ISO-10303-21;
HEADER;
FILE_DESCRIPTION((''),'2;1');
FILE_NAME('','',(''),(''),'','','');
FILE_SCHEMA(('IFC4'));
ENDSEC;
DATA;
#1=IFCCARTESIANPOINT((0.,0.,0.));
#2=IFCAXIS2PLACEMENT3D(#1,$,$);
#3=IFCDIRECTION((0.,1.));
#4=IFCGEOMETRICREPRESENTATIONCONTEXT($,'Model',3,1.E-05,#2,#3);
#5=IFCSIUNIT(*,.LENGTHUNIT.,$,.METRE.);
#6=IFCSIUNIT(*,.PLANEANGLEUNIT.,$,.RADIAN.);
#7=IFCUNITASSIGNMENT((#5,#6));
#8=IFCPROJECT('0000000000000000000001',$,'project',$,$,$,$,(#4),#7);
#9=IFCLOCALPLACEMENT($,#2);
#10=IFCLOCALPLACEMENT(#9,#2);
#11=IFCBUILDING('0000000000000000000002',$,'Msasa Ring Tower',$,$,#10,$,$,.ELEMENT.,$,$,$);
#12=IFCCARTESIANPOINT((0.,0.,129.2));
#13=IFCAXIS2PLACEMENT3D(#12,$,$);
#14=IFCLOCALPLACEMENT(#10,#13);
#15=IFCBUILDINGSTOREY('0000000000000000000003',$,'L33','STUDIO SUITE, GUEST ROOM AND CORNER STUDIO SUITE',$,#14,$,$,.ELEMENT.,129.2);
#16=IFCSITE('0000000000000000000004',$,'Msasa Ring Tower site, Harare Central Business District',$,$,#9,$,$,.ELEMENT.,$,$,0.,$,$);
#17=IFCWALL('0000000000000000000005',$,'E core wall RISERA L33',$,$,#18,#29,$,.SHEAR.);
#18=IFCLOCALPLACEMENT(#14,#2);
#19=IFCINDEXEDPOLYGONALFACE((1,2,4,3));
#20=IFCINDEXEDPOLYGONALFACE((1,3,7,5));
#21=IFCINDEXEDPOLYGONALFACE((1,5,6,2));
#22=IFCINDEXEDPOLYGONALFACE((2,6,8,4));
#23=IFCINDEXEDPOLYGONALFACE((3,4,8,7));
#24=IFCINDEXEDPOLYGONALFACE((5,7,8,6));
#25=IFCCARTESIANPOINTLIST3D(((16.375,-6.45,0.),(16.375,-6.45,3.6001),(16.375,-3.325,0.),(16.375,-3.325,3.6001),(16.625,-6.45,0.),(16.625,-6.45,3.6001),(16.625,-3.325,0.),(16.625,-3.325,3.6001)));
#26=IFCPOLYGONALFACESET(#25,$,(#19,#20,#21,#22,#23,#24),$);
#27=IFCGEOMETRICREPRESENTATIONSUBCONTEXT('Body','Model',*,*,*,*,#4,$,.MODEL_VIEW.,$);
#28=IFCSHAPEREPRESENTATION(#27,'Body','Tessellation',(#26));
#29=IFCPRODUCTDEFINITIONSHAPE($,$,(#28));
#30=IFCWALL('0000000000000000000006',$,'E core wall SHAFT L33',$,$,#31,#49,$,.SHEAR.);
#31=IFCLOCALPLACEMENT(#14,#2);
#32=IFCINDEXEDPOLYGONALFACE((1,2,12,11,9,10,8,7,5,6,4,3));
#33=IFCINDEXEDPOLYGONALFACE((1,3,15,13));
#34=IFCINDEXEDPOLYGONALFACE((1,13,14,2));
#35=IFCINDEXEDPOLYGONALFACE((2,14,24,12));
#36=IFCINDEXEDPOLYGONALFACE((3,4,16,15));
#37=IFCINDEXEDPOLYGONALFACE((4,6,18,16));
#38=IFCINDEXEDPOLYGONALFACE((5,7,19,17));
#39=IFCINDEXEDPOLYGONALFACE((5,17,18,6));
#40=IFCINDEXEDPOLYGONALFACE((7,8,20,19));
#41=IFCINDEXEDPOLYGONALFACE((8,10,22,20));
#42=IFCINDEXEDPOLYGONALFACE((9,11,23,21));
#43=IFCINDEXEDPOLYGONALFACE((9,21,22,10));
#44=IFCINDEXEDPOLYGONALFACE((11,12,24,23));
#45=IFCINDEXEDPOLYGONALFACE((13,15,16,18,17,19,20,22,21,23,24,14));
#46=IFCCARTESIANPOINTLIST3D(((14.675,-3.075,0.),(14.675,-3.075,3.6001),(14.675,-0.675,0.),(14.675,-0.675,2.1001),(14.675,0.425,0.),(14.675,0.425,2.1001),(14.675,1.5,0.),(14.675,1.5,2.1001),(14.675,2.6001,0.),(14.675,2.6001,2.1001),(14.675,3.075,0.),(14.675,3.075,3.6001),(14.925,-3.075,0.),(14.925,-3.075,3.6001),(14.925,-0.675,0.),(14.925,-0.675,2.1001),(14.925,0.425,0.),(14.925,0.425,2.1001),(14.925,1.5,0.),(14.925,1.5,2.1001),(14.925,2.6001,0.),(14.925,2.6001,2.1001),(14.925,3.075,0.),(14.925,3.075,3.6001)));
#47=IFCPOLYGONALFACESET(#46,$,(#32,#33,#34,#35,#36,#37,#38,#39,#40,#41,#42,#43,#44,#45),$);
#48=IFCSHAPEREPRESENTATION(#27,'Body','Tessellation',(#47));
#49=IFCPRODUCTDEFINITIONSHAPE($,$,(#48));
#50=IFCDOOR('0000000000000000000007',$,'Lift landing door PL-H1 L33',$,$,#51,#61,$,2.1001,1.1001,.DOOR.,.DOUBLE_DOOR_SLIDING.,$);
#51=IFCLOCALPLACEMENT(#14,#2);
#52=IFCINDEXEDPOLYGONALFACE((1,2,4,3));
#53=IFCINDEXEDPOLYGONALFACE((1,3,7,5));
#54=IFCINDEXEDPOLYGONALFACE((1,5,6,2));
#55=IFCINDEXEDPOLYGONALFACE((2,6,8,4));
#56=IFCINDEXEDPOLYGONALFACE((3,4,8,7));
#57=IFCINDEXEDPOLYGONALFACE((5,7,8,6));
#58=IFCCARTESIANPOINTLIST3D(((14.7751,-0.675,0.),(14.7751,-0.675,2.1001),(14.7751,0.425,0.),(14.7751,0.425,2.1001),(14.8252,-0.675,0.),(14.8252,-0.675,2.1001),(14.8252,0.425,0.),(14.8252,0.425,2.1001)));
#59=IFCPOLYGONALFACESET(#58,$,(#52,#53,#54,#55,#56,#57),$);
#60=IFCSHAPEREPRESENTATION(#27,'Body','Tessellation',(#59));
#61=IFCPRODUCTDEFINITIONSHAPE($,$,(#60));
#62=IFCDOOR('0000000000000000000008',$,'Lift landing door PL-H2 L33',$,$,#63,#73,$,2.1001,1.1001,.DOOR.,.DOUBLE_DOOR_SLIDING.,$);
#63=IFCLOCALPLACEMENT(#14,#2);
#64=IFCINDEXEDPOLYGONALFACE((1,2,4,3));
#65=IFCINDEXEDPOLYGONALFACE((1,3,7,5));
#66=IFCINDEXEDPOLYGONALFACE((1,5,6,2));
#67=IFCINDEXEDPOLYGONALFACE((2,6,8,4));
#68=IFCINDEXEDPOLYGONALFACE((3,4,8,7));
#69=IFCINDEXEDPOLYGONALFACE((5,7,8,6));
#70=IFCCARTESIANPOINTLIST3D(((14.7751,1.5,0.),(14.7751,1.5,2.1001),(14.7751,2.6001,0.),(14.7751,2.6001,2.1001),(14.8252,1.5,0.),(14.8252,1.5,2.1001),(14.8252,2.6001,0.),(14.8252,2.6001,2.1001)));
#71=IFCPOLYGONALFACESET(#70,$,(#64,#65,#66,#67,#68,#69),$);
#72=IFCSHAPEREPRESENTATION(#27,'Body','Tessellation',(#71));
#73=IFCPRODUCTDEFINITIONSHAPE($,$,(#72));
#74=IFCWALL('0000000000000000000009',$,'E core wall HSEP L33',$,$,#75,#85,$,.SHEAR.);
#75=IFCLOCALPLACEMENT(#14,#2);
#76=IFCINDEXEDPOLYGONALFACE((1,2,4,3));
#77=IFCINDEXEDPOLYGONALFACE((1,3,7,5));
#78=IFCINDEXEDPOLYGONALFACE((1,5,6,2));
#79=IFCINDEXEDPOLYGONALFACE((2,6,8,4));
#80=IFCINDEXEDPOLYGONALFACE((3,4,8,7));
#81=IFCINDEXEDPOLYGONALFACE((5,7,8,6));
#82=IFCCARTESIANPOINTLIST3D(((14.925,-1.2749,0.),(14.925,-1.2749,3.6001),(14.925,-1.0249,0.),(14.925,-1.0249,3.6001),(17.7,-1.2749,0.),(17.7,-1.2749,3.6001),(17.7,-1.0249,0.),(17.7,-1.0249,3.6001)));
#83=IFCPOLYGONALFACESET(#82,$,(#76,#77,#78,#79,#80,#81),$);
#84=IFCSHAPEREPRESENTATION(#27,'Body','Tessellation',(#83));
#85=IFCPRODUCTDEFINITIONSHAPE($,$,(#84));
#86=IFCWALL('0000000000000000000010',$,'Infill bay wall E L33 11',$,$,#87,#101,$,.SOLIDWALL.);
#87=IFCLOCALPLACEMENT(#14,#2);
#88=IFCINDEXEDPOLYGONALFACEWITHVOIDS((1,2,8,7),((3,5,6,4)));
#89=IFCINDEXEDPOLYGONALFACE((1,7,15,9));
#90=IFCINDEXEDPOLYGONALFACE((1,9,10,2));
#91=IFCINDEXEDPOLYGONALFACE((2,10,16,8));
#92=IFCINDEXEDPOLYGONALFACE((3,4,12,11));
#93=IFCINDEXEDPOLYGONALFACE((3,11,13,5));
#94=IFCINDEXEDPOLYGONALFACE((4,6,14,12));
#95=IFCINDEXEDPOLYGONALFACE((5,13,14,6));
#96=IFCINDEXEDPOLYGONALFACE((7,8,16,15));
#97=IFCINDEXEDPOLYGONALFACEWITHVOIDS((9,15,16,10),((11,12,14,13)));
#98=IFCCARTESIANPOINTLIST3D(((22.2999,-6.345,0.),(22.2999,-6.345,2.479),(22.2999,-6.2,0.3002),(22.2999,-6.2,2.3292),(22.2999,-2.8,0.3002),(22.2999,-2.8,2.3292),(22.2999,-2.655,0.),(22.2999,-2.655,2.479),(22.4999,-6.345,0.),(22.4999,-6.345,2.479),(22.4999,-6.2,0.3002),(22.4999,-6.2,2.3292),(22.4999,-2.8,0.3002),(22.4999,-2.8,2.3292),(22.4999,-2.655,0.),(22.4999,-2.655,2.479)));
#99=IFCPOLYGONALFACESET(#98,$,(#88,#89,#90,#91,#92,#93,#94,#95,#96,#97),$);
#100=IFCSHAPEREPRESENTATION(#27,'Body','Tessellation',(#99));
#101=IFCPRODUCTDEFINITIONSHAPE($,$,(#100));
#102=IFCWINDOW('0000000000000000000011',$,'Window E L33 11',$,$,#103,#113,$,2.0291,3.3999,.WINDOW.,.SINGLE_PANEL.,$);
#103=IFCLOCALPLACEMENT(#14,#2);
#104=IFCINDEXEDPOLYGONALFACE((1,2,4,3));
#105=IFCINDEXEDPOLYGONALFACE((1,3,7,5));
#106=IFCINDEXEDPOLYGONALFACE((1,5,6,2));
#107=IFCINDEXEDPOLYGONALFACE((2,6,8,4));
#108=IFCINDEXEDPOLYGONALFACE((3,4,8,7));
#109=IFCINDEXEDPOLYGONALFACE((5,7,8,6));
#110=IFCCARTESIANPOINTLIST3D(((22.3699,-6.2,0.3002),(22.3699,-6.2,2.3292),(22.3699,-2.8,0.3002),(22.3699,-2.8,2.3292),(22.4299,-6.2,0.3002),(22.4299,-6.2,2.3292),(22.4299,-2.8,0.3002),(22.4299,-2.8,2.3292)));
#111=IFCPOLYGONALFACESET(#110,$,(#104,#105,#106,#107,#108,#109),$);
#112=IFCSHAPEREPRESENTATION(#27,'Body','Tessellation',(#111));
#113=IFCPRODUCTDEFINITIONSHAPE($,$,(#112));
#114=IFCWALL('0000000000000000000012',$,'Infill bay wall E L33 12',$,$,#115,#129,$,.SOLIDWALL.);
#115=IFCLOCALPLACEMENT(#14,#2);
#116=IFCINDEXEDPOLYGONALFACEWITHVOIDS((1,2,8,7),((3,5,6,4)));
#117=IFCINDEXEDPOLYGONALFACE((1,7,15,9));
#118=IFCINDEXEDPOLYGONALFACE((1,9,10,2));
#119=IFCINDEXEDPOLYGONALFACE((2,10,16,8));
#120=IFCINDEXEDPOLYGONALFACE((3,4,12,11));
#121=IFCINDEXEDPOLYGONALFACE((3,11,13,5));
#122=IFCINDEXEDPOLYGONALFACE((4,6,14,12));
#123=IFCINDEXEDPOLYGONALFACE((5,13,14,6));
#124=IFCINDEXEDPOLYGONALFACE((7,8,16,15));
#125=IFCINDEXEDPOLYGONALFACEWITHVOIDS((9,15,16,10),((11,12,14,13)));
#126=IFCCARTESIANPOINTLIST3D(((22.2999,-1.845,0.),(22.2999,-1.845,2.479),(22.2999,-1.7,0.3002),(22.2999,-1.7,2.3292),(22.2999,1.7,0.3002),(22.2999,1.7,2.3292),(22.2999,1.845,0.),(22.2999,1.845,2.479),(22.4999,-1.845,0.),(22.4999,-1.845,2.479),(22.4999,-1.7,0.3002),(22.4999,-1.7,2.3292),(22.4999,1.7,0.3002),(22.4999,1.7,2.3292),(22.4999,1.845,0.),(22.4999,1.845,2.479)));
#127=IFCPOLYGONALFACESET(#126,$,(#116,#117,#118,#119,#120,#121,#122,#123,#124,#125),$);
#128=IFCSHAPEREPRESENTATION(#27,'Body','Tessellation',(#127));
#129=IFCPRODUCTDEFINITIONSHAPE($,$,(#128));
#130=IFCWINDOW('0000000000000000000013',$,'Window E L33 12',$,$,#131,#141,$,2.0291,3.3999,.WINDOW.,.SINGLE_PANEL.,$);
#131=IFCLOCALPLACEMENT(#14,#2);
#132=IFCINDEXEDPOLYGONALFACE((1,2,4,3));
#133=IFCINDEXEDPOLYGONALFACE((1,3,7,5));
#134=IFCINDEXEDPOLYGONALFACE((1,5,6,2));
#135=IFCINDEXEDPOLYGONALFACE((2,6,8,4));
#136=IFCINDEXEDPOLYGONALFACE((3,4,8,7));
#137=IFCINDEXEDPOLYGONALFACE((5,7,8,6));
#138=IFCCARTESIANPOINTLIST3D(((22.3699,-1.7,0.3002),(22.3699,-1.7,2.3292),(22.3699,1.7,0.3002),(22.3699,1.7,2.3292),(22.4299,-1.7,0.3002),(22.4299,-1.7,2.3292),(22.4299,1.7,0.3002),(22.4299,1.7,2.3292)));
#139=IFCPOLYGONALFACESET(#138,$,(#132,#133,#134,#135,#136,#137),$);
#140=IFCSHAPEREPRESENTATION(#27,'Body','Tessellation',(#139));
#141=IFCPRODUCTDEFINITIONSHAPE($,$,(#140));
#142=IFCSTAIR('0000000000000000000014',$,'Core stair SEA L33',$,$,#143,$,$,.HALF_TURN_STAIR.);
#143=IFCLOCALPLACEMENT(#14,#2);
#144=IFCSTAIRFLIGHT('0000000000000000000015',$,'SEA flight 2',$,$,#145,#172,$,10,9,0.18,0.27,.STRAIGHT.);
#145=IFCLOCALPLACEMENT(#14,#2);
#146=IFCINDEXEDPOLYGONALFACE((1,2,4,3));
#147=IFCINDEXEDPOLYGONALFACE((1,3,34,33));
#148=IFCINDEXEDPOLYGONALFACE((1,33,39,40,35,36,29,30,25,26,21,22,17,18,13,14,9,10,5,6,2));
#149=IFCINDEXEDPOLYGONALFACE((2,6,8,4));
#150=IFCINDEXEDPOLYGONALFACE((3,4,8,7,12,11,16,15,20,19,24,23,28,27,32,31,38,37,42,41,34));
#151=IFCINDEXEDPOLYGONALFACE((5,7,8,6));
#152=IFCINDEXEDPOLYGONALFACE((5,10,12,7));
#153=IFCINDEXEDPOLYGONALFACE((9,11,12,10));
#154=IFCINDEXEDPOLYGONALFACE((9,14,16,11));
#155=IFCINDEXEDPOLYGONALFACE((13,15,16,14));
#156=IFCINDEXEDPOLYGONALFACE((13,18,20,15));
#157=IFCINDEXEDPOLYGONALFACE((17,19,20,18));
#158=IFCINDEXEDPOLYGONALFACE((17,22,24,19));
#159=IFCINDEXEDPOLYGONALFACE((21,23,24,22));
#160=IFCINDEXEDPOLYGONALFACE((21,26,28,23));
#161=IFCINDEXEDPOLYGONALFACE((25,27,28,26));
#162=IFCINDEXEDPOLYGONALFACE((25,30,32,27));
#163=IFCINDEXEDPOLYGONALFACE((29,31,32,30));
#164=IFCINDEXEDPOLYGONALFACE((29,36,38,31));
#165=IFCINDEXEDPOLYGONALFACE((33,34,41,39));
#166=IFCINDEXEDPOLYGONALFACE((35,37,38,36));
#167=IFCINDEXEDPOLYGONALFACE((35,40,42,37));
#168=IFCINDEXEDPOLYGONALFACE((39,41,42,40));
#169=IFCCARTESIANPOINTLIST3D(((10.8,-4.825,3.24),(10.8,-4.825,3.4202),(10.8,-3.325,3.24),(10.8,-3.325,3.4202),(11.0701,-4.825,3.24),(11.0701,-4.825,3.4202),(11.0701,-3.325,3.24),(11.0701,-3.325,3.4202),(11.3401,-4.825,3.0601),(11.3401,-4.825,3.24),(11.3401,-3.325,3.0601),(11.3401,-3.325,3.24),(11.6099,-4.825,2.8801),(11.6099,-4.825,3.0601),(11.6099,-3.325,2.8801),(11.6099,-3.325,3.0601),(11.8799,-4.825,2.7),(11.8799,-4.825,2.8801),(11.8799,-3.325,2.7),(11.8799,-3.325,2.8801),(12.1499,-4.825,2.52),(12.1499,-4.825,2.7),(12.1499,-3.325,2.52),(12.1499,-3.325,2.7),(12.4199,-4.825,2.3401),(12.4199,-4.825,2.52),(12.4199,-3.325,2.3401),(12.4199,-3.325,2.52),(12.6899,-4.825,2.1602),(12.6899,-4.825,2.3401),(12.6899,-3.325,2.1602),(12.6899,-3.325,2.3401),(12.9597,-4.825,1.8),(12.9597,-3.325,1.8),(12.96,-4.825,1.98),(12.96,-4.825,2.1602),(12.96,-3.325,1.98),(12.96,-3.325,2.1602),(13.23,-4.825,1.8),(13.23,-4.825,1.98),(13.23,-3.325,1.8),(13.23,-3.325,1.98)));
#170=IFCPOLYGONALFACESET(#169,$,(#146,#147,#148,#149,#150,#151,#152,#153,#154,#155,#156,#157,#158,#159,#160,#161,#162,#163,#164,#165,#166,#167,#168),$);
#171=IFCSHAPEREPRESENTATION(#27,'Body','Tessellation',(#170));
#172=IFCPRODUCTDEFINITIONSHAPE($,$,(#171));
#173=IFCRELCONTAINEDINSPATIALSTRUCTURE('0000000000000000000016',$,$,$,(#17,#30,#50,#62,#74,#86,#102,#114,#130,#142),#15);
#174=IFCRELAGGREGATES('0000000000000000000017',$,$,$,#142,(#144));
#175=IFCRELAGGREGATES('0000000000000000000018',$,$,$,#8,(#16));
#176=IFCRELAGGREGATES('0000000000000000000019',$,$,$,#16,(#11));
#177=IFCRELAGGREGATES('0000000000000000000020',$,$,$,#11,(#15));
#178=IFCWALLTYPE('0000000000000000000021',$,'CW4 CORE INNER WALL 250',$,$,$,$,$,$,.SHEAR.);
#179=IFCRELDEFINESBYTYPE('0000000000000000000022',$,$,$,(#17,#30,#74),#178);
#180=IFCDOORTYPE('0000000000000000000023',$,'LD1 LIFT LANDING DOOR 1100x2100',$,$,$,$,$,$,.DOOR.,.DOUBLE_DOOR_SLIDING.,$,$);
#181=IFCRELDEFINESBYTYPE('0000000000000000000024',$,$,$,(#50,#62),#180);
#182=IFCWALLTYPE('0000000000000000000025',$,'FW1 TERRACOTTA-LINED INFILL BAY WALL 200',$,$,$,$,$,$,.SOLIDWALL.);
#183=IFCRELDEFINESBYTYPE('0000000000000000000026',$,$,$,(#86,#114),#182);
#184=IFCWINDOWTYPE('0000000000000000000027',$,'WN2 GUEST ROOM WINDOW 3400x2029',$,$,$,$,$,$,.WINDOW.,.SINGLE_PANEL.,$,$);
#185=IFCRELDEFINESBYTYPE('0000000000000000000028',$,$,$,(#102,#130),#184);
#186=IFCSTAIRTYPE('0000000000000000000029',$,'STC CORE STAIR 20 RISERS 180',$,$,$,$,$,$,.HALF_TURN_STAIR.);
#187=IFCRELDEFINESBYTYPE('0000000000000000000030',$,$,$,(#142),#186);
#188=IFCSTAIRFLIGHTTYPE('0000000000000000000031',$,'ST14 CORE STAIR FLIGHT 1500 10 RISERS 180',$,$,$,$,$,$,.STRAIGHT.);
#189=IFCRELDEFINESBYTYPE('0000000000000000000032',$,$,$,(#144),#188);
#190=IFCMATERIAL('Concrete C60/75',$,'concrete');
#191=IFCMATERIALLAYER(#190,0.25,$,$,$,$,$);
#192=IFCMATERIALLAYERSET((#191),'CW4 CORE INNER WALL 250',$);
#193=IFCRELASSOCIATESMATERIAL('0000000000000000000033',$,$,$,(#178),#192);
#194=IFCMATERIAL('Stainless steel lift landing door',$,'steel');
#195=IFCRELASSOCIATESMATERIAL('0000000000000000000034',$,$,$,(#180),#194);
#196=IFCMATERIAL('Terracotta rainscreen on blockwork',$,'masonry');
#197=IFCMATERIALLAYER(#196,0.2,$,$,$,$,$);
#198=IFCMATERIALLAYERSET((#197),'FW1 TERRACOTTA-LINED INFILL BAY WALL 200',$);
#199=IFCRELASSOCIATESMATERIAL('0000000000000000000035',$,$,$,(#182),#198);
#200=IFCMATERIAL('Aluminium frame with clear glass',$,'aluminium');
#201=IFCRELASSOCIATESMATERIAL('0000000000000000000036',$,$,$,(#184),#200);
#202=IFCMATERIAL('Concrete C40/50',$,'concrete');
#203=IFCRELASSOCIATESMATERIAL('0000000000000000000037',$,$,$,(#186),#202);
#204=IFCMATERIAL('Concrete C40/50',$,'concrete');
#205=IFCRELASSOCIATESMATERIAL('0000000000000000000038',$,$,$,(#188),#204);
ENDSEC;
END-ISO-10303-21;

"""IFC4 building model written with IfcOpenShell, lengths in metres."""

from ifc_helpers import new_model, si_unit, direction, frame, frame_2d, origin, place, context, subcontext, project, spatial, polyline, rectangle, outline, extrude, material, layer, layer_set, type_object, element, fill, aggregate, save


model = new_model("IFC4")

# Units and contexts
model_context = context("Model", 3, precision=1e-05, world=origin(), true_north=direction((0.0, 1.0)))
body_context = subcontext(model_context, "Body", "Model", "MODEL_VIEW")
ifc_project = project(units=[si_unit("LENGTHUNIT", "METRE"), si_unit("PLANEANGLEUNIT", "RADIAN")], contexts=[model_context])

# Site, building, storey
site_placement = place(None, origin())
site = spatial("IfcSite", under=ifc_project, at=site_placement, Name="Msasa Ring Tower site, Harare Central Business District", CompositionType="ELEMENT", RefElevation=0.0)
building_placement = place(site_placement, origin())
building = spatial("IfcBuilding", under=site, at=building_placement, Name="Msasa Ring Tower", CompositionType="ELEMENT")
storey_placement = place(building_placement, frame((0.0, 0.0, 129.2)))
storey = spatial("IfcBuildingStorey", under=building, at=storey_placement, Name="L33", Description="STUDIO SUITE, GUEST ROOM AND CORNER STUDIO SUITE", CompositionType="ELEMENT", Elevation=129.2)

# Wall
ifc_material_1 = material(Name="Concrete C60/75", Category="concrete")
ifc_layer_1 = layer(ifc_material_1, 0.25)
ifc_layer_set_1 = layer_set([ifc_layer_1], Name="CW4 CORE INNER WALL 250")
wall_type_1 = type_object("IfcWallType", Name="CW4 CORE INNER WALL 250", PredefinedType="SHEAR", material=ifc_layer_set_1)
wall_1_placement = place(storey_placement, frame((16.5, -6.45, 0.0), z_axis=(0.0, 0.0, 1.0), x_axis=(0.0, 1.0, 0.0)))
element("IfcWall", 1, at=wall_1_placement, inside=storey, type_object=wall_type_1, Name="E core wall RISERA L33", PredefinedType="SHEAR", context=body_context, shape_type="SweptSolid", body=[
    extrude(rectangle(XDim=3.125, YDim=0.25, at=frame_2d((1.5625, 0.0))), origin(), (0.0, 0.0, 1.0), 3.6001),
])

# Wall, openings, doors
wall_2_placement = place(storey_placement, frame((14.8, -3.075, 0.0), z_axis=(0.0, 0.0, 1.0), x_axis=(0.0, 1.0, 0.0)))
wall_2 = element("IfcWall", 2, at=wall_2_placement, inside=storey, type_object=wall_type_1, Name="E core wall SHAFT L33", PredefinedType="SHEAR", context=body_context, shape_type="SweptSolid", body=[
    extrude(rectangle(XDim=6.1499, YDim=0.25, at=frame_2d((3.075, 0.0))), origin(), (0.0, 0.0, 1.0), 3.6001),
])
opening_1_placement = place(wall_2_placement, frame((2.3999, 0.0, 0.0)))
opening_1 = element("IfcOpeningElement", 3, at=opening_1_placement, cuts=wall_2, PredefinedType="OPENING", context=body_context, shape_type="SweptSolid", body=[
    extrude(rectangle(XDim=1.1001, YDim=2.1001, at=frame_2d((0.55, 1.05))), frame((0.0, 0.135, 0.0), z_axis=(0.0, -1.0, 0.0), x_axis=(1.0, 0.0, 0.0)), (0.0, 0.0, 1.0), 0.27),
])
opening_2_placement = place(wall_2_placement, frame((4.575, 0.0, 0.0)))
opening_2 = element("IfcOpeningElement", 4, at=opening_2_placement, cuts=wall_2, PredefinedType="OPENING", context=body_context, shape_type="SweptSolid", body=[
    extrude(rectangle(XDim=1.1001, YDim=2.1001, at=frame_2d((0.55, 1.05))), frame((0.0, 0.135, 0.0), z_axis=(0.0, -1.0, 0.0), x_axis=(1.0, 0.0, 0.0)), (0.0, 0.0, 1.0), 0.27),
])
ifc_material_2 = material(Name="Stainless steel lift landing door", Category="steel")
door_type = type_object("IfcDoorType", Name="LD1 LIFT LANDING DOOR 1100x2100", OperationType="DOUBLE_DOOR_SLIDING", PredefinedType="DOOR", material=ifc_material_2)
door_1_placement = place(opening_1_placement, origin())
door_1 = element("IfcDoor", 5, at=door_1_placement, inside=storey, type_object=door_type, Name="Lift landing door PL-H1 L33", OperationType="DOUBLE_DOOR_SLIDING", OverallHeight=2.1001, OverallWidth=1.1001, PredefinedType="DOOR", context=body_context, shape_type="SweptSolid", body=[
    extrude(rectangle(XDim=1.1001, YDim=2.1001, at=frame_2d((0.55, 1.05))), frame((0.0, 0.0249, 0.0), z_axis=(0.0, -1.0, 0.0), x_axis=(1.0, 0.0, 0.0)), (0.0, 0.0, 1.0), 0.05),
])
fill(opening_1, door_1)
door_2_placement = place(opening_2_placement, origin())
door_2 = element("IfcDoor", 6, at=door_2_placement, inside=storey, type_object=door_type, Name="Lift landing door PL-H2 L33", OperationType="DOUBLE_DOOR_SLIDING", OverallHeight=2.1001, OverallWidth=1.1001, PredefinedType="DOOR", context=body_context, shape_type="SweptSolid", body=[
    extrude(rectangle(XDim=1.1001, YDim=2.1001, at=frame_2d((0.55, 1.05))), frame((0.0, 0.0249, 0.0), z_axis=(0.0, -1.0, 0.0), x_axis=(1.0, 0.0, 0.0)), (0.0, 0.0, 1.0), 0.05),
])
fill(opening_2, door_2)

# Wall
wall_3_placement = place(storey_placement, frame((14.925, -1.1499, 0.0), z_axis=(0.0, 0.0, 1.0), x_axis=(1.0, 0.0, 0.0)))
element("IfcWall", 7, at=wall_3_placement, inside=storey, type_object=wall_type_1, Name="E core wall HSEP L33", PredefinedType="SHEAR", context=body_context, shape_type="SweptSolid", body=[
    extrude(rectangle(XDim=2.7749, YDim=0.25, at=frame_2d((1.3875, 0.0))), origin(), (0.0, 0.0, 1.0), 3.6001),
])

# Walls, openings, windows
ifc_material_3 = material(Name="Terracotta rainscreen on blockwork", Category="masonry")
ifc_layer_2 = layer(ifc_material_3, 0.2)
ifc_layer_set_2 = layer_set([ifc_layer_2], Name="FW1 TERRACOTTA-LINED INFILL BAY WALL 200")
wall_type_2 = type_object("IfcWallType", Name="FW1 TERRACOTTA-LINED INFILL BAY WALL 200", PredefinedType="SOLIDWALL", material=ifc_layer_set_2)
wall_4_placement = place(storey_placement, frame((22.3999, -6.345, 0.0), z_axis=(0.0, 0.0, 1.0), x_axis=(0.0, 1.0, 0.0)))
wall_4 = element("IfcWall", 8, at=wall_4_placement, inside=storey, type_object=wall_type_2, Name="Infill bay wall E L33 11", PredefinedType="SOLIDWALL", context=body_context, shape_type="SweptSolid", body=[
    extrude(rectangle(XDim=3.6899, YDim=0.2, at=frame_2d((1.845, 0.0))), origin(), (0.0, 0.0, 1.0), 2.479),
])
opening_3_placement = place(wall_4_placement, frame((0.145, 0.0, 0.3)))
opening_3 = element("IfcOpeningElement", 9, at=opening_3_placement, cuts=wall_4, PredefinedType="OPENING", context=body_context, shape_type="SweptSolid", body=[
    extrude(rectangle(XDim=3.3999, YDim=2.0291, at=frame_2d((1.7, 1.0146))), frame((0.0, 0.1099, 0.0), z_axis=(0.0, -1.0, 0.0), x_axis=(1.0, 0.0, 0.0)), (0.0, 0.0, 1.0), 0.22),
])
ifc_material_4 = material(Name="Aluminium frame with clear glass", Category="aluminium")
window_type = type_object("IfcWindowType", Name="WN2 GUEST ROOM WINDOW 3400x2029", PartitioningType="SINGLE_PANEL", PredefinedType="WINDOW", material=ifc_material_4)
window_1_placement = place(opening_3_placement, origin())
window_1 = element("IfcWindow", 10, at=window_1_placement, inside=storey, type_object=window_type, Name="Window E L33 11", OverallHeight=2.0291, OverallWidth=3.3999, PartitioningType="SINGLE_PANEL", PredefinedType="WINDOW", context=body_context, shape_type="SweptSolid", body=[
    extrude(rectangle(XDim=3.3999, YDim=2.0291, at=frame_2d((1.7, 1.0146))), frame((0.0, 0.03, 0.0), z_axis=(0.0, -1.0, 0.0), x_axis=(1.0, 0.0, 0.0)), (0.0, 0.0, 1.0), 0.0601),
])
fill(opening_3, window_1)
wall_5_placement = place(storey_placement, frame((22.3999, -1.845, 0.0), z_axis=(0.0, 0.0, 1.0), x_axis=(0.0, 1.0, 0.0)))
wall_5 = element("IfcWall", 11, at=wall_5_placement, inside=storey, type_object=wall_type_2, Name="Infill bay wall E L33 12", PredefinedType="SOLIDWALL", context=body_context, shape_type="SweptSolid", body=[
    extrude(rectangle(XDim=3.6899, YDim=0.2, at=frame_2d((1.845, 0.0))), origin(), (0.0, 0.0, 1.0), 2.479),
])
opening_4_placement = place(wall_5_placement, frame((0.145, 0.0, 0.3)))
opening_4 = element("IfcOpeningElement", 12, at=opening_4_placement, cuts=wall_5, PredefinedType="OPENING", context=body_context, shape_type="SweptSolid", body=[
    extrude(rectangle(XDim=3.3999, YDim=2.0291, at=frame_2d((1.7, 1.0146))), frame((0.0, 0.1099, 0.0), z_axis=(0.0, -1.0, 0.0), x_axis=(1.0, 0.0, 0.0)), (0.0, 0.0, 1.0), 0.22),
])
window_2_placement = place(opening_4_placement, origin())
window_2 = element("IfcWindow", 13, at=window_2_placement, inside=storey, type_object=window_type, Name="Window E L33 12", OverallHeight=2.0291, OverallWidth=3.3999, PartitioningType="SINGLE_PANEL", PredefinedType="WINDOW", context=body_context, shape_type="SweptSolid", body=[
    extrude(rectangle(XDim=3.3999, YDim=2.0291, at=frame_2d((1.7, 1.0146))), frame((0.0, 0.03, 0.0), z_axis=(0.0, -1.0, 0.0), x_axis=(1.0, 0.0, 0.0)), (0.0, 0.0, 1.0), 0.0601),
])
fill(opening_4, window_2)

# Stair, stair flight
ifc_material_5 = material(Name="Concrete C40/50", Category="concrete")
stair_type = type_object("IfcStairType", Name="STC CORE STAIR 20 RISERS 180", PredefinedType="HALF_TURN_STAIR", material=ifc_material_5)
stair_placement = place(storey_placement, origin())
stair = element("IfcStair", 14, at=stair_placement, inside=storey, type_object=stair_type, Name="Core stair SEA L33", PredefinedType="HALF_TURN_STAIR")
ifc_material_6 = material(Name="Concrete C40/50", Category="concrete")
stair_flight_type = type_object("IfcStairFlightType", Name="ST14 CORE STAIR FLIGHT 1500 10 RISERS 180", PredefinedType="STRAIGHT", material=ifc_material_6)
stair_flight_placement = place(storey_placement, frame((13.23, -4.075, 1.8), z_axis=(0.0, 0.0, 1.0), x_axis=(-1.0, 0.0, 0.0)))
stair_flight = element("IfcStairFlight", 15, at=stair_flight_placement, type_object=stair_flight_type, Name="SEA flight 2", NumberOfRisers=10, NumberOfTreads=9, PredefinedType="STRAIGHT", RiserHeight=0.18, TreadLength=0.27, context=body_context, shape_type="SweptSolid", body=[
    extrude(outline(polyline([(0.0, 0.0), (0.0, 0.1799), (0.27, 0.1799), (0.27, 0.3601), (0.54, 0.3601), (0.54, 0.54), (0.8101, 0.54), (0.8101, 0.72), (1.0801, 0.72), (1.0801, 0.8999), (1.3501, 0.8999), (1.3501, 1.0801), (1.6201, 1.0801), (1.6201, 1.26), (1.8899, 1.26), (1.8899, 1.4399), (2.1599, 1.4399), (2.1599, 1.6201), (2.4299, 1.6201), (2.4299, 1.8), (2.4299, 1.4399), (0.2703, 0.0), (0.0, 0.0)])), frame((0.0, 0.75, 0.0), z_axis=(0.0, -1.0, 0.0), x_axis=(1.0, 0.0, 0.0)), (0.0, 0.0, 1.0), 1.5),
])
aggregate(stair, [stair_flight])

save(model, "model.ifc")
